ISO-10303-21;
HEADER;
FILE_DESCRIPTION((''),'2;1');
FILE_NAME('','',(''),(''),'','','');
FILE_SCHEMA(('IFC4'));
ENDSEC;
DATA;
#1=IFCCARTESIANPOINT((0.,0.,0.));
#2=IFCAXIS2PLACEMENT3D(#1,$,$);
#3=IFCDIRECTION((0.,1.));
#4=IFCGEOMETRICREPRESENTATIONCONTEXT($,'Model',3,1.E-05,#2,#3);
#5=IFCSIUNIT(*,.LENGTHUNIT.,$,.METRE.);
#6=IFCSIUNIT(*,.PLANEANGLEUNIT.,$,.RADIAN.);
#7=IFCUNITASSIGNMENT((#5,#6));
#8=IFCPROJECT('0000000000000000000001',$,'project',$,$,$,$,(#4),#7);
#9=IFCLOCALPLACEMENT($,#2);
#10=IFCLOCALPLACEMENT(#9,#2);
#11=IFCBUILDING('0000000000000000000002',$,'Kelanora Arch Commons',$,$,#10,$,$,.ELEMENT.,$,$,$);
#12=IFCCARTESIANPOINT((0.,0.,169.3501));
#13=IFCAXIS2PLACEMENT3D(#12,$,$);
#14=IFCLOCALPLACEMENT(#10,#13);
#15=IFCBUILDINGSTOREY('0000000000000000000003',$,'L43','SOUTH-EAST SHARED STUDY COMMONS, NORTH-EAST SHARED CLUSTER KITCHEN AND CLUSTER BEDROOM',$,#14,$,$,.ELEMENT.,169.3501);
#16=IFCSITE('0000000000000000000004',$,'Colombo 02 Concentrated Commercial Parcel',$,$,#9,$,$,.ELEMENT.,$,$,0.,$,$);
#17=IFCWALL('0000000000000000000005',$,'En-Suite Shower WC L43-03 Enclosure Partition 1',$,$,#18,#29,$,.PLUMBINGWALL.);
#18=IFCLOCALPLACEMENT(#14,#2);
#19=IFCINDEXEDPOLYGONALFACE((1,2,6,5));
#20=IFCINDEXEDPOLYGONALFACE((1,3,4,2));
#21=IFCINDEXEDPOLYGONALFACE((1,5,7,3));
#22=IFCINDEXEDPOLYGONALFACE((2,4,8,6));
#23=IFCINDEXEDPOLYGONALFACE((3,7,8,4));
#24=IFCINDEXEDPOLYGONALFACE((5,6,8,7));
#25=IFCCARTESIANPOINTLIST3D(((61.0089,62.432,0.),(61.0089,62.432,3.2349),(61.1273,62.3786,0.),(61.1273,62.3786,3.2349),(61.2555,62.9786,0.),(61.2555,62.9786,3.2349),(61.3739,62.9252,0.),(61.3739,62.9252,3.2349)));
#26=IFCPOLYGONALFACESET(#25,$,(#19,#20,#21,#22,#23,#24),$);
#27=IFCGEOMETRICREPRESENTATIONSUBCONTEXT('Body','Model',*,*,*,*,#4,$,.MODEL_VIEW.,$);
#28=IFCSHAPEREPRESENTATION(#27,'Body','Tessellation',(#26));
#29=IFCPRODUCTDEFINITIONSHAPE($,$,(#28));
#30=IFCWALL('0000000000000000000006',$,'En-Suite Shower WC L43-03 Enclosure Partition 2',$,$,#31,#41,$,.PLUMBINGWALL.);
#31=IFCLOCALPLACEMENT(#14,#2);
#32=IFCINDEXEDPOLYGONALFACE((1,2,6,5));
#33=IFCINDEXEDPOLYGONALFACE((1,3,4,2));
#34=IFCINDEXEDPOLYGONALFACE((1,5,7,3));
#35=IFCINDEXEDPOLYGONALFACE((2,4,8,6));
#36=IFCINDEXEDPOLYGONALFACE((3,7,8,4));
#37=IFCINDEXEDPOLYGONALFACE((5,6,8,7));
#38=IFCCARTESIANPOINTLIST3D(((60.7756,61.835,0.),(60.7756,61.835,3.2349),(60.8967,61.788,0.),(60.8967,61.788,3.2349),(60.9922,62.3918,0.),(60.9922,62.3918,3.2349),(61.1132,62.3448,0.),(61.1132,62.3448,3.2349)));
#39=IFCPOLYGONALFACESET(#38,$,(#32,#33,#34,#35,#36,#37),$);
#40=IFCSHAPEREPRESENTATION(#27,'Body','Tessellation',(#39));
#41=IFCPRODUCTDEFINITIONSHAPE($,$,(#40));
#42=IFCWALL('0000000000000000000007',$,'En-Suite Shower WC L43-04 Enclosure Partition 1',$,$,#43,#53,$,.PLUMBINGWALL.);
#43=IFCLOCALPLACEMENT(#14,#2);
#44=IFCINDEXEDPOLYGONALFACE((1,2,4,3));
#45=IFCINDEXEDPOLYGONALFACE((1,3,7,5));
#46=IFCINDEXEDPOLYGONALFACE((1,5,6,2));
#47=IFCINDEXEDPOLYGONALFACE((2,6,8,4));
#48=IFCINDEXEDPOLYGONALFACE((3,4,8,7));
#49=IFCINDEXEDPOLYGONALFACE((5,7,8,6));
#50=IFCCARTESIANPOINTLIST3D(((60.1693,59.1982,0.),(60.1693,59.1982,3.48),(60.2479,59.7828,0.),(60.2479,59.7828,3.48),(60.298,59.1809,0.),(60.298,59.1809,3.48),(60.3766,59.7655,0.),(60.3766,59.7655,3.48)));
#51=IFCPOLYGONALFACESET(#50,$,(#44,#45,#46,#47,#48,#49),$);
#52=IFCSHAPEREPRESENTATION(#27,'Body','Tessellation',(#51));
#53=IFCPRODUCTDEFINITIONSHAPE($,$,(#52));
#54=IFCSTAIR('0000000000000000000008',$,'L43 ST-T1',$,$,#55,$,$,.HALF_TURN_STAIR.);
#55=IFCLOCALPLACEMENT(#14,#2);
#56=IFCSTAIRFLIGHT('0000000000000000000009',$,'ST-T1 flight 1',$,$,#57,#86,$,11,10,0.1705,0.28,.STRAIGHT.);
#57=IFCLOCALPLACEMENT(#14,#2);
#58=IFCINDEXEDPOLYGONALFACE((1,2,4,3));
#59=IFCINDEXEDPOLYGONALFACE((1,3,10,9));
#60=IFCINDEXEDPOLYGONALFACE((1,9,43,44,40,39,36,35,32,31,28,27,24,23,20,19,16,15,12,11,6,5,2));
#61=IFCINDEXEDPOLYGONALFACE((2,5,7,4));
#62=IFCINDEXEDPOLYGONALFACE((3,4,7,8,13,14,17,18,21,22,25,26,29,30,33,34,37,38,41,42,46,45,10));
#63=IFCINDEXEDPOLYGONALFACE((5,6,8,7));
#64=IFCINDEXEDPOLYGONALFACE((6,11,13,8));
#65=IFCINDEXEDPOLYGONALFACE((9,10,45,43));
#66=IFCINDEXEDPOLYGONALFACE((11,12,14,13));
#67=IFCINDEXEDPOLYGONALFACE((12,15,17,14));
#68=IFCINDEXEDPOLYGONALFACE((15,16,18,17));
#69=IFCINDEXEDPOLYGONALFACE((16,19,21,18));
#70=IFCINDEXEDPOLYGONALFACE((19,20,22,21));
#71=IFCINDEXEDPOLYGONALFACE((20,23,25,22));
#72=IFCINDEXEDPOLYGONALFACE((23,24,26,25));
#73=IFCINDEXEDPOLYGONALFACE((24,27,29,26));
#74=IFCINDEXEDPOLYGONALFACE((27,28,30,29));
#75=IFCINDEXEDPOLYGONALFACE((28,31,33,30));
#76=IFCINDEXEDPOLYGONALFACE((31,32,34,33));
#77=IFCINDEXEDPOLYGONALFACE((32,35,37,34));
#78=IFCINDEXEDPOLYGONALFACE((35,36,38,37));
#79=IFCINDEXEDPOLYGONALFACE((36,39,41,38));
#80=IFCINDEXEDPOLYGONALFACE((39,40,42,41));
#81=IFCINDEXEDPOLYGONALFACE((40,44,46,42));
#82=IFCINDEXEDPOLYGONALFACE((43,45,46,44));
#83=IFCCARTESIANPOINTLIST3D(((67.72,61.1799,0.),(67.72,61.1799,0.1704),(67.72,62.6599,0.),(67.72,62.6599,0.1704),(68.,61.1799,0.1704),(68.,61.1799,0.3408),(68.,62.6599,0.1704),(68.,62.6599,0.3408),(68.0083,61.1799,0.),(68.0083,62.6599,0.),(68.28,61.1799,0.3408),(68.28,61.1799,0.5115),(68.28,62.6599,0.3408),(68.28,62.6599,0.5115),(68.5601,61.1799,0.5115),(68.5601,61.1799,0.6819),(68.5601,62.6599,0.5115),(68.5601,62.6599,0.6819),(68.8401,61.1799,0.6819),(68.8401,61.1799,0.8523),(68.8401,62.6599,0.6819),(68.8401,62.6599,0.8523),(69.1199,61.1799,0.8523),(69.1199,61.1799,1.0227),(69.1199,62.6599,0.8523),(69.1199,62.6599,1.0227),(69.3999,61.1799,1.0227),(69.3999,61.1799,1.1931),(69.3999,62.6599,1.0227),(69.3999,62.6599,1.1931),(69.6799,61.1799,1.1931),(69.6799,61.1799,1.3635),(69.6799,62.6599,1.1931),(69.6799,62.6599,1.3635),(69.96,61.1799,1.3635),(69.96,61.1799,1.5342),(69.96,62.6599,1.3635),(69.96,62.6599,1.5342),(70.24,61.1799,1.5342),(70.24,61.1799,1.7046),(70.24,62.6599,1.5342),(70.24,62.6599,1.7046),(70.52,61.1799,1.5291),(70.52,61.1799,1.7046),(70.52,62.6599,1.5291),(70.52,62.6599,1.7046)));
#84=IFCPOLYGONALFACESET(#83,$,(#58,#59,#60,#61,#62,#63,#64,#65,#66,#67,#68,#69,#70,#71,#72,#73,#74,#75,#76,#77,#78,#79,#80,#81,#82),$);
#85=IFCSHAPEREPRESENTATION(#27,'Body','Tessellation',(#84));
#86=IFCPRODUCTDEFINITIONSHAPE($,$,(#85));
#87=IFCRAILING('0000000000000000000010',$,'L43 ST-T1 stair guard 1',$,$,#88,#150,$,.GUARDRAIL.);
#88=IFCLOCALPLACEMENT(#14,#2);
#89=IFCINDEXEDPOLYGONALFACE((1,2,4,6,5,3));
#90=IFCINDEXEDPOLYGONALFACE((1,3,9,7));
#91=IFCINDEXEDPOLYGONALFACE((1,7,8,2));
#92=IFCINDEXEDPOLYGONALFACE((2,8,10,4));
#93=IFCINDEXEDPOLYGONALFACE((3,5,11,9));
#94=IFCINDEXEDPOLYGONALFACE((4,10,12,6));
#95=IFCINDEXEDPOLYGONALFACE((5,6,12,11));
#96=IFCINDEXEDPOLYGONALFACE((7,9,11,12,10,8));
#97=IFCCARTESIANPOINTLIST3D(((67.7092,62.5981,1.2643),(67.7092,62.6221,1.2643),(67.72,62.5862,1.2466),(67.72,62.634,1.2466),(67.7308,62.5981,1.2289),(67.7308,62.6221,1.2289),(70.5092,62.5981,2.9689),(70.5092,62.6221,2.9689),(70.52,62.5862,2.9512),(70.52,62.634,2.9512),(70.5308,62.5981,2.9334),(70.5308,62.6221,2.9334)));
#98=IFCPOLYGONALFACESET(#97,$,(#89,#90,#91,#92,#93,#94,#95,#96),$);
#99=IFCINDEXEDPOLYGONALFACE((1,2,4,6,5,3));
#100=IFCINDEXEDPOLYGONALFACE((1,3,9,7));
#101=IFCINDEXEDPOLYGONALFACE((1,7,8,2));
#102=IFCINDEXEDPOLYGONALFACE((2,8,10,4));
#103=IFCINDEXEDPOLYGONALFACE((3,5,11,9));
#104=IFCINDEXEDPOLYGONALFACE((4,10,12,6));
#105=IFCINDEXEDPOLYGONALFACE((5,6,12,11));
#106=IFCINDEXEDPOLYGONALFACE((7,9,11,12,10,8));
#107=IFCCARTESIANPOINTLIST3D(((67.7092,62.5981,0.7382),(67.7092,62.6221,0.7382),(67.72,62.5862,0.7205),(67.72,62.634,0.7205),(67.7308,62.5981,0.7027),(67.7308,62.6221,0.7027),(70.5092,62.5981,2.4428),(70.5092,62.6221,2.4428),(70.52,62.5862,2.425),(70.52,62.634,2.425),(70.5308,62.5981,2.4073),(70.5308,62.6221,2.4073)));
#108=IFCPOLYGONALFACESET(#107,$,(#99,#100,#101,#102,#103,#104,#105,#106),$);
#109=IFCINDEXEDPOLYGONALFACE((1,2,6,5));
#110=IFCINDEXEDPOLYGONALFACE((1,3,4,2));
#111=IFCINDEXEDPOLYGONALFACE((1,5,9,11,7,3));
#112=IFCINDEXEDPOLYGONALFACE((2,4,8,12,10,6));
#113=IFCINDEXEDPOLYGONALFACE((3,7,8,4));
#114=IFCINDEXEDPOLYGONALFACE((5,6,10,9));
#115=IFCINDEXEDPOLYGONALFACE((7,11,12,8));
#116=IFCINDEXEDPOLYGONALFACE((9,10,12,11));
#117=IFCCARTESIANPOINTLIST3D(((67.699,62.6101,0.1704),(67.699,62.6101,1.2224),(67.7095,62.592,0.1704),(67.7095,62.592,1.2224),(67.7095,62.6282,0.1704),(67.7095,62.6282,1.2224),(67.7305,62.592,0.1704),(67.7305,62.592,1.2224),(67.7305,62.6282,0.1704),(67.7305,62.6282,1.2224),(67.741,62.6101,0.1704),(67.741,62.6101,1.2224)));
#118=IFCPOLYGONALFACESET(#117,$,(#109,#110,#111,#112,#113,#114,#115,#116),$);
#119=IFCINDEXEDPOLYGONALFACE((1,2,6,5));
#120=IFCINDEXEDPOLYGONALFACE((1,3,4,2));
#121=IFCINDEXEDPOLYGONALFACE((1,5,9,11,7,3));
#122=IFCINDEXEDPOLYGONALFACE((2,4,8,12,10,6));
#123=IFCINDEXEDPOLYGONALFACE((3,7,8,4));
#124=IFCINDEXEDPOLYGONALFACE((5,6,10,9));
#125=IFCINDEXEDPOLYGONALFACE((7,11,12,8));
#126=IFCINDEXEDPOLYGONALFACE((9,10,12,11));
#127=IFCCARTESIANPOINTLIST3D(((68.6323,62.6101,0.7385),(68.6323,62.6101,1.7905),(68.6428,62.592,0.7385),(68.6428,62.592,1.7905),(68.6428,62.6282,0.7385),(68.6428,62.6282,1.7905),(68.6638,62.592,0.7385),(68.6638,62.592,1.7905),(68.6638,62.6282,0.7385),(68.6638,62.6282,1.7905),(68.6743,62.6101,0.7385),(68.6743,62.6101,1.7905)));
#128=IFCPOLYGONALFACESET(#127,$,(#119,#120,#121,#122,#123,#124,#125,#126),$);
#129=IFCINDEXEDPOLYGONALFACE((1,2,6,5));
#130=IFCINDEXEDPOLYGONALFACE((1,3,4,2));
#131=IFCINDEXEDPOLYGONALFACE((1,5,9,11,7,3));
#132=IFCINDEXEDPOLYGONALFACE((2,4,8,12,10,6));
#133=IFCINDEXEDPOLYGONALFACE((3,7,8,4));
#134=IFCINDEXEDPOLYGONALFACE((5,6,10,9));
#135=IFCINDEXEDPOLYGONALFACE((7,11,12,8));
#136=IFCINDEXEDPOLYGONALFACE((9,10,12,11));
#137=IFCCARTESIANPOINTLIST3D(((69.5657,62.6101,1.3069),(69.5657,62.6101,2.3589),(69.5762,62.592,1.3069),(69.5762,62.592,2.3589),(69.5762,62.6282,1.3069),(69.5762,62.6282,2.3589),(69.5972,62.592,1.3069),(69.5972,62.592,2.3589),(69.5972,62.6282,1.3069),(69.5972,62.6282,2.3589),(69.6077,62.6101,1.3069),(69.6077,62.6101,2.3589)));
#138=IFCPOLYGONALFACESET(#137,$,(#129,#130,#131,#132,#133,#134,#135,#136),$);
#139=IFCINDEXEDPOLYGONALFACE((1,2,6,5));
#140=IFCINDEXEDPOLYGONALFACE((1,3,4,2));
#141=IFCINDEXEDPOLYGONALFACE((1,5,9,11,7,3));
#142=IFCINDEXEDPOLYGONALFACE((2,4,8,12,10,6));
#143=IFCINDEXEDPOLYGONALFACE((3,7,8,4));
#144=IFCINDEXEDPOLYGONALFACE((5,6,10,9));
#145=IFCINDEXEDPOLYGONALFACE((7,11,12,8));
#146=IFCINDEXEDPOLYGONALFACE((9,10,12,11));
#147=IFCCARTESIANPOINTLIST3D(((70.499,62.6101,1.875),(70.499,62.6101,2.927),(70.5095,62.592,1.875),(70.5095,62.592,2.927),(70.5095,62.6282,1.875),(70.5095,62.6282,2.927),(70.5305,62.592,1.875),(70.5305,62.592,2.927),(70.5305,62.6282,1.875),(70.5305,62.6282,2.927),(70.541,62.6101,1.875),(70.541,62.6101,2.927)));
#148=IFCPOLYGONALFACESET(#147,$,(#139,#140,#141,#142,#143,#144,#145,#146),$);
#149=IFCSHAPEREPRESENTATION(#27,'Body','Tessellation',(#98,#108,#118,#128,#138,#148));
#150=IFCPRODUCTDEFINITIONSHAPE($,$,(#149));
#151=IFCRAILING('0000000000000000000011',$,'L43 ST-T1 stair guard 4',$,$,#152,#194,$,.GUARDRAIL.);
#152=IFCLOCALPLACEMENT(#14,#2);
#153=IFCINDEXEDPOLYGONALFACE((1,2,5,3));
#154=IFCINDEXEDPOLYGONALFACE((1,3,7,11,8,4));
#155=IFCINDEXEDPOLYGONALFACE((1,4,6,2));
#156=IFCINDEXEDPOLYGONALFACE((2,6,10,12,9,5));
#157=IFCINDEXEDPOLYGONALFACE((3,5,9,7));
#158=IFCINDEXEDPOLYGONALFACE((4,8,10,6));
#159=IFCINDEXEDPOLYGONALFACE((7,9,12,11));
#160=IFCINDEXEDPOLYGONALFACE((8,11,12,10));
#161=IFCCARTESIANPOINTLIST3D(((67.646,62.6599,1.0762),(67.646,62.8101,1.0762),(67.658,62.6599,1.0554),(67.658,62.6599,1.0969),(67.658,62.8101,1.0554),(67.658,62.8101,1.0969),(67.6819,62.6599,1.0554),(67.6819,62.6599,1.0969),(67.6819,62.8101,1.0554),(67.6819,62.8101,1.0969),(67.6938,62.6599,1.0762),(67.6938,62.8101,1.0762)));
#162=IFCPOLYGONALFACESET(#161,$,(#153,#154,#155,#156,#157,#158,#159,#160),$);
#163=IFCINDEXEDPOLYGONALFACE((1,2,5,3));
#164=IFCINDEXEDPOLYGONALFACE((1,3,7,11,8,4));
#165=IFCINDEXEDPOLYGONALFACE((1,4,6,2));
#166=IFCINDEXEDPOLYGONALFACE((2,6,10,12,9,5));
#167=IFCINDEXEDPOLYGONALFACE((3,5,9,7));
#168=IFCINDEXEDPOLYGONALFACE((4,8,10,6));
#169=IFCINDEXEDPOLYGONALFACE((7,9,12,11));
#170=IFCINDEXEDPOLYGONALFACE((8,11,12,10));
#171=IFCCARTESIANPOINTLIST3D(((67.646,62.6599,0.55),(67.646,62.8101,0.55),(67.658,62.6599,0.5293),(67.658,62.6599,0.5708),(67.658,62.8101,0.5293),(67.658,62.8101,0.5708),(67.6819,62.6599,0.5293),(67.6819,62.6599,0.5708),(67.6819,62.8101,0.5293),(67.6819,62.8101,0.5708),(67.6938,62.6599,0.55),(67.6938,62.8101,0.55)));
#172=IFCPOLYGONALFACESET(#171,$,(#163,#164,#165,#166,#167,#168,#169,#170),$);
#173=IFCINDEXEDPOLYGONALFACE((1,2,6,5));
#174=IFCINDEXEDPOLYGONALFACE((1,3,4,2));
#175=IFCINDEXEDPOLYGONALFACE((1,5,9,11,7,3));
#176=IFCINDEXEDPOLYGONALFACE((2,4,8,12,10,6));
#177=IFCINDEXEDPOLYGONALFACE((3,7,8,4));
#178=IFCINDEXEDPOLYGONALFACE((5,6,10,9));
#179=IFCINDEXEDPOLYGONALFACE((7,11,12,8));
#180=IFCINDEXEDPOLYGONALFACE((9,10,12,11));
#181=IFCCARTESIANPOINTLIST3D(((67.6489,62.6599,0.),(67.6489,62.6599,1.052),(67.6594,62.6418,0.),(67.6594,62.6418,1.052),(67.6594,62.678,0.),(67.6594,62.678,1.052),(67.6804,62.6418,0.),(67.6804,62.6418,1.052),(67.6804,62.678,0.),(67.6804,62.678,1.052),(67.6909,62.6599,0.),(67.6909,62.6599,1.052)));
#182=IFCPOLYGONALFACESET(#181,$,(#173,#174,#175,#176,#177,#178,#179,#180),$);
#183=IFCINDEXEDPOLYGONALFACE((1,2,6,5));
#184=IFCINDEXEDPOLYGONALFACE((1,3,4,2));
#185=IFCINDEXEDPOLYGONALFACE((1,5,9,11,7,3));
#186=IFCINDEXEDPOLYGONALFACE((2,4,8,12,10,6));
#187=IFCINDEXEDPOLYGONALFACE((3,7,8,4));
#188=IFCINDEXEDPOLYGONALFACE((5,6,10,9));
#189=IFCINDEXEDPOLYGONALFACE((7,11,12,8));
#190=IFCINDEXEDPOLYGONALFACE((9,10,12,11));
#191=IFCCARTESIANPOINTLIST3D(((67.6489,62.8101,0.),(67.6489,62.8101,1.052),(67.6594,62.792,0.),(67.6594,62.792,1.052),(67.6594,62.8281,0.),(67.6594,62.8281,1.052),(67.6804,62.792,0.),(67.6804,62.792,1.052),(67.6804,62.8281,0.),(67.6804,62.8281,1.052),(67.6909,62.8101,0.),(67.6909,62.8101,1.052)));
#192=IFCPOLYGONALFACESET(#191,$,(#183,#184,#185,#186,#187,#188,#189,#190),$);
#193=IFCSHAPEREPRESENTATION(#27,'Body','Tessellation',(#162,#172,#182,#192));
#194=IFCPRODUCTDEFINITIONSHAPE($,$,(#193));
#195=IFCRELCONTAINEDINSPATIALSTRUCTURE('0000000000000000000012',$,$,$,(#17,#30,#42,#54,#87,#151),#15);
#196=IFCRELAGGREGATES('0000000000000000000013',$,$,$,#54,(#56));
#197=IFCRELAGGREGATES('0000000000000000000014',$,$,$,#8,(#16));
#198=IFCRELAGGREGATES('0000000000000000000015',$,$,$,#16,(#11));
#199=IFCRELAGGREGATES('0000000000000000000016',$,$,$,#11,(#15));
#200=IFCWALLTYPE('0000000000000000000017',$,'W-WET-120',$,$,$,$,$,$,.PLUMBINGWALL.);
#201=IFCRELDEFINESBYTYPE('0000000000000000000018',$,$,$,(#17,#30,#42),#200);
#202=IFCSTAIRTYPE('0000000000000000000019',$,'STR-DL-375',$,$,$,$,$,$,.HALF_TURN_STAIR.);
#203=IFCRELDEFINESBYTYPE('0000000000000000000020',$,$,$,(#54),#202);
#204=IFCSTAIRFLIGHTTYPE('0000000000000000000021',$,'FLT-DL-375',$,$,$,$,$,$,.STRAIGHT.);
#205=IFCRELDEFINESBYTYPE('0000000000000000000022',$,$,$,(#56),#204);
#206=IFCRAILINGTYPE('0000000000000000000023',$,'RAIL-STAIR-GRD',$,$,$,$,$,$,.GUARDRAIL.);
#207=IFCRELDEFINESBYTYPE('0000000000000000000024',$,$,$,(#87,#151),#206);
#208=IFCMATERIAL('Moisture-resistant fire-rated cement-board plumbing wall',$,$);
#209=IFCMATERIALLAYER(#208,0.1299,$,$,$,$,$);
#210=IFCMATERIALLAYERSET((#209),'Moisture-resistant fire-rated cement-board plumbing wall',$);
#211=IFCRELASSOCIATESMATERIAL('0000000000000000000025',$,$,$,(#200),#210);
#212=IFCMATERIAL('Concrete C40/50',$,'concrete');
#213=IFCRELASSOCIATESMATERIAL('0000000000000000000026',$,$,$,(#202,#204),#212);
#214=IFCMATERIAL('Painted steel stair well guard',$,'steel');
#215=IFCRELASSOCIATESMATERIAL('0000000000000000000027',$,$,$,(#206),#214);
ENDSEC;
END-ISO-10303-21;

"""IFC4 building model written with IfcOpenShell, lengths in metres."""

from ifc_helpers import new_model, si_unit, direction, frame, frame_2d, origin, place, context, subcontext, project, spatial, polyline, rectangle, outline, extrude, material, layer, layer_set, type_object, element, aggregate, save


model = new_model("IFC4")

# Units and contexts
model_context = context("Model", 3, precision=1e-05, world=origin(), true_north=direction((0.0, 1.0)))
body_context = subcontext(model_context, "Body", "Model", "MODEL_VIEW")
ifc_project = project(units=[si_unit("LENGTHUNIT", "METRE"), si_unit("PLANEANGLEUNIT", "RADIAN")], contexts=[model_context])

# Site, building, storey
site_placement = place(None, origin())
site = spatial("IfcSite", under=ifc_project, at=site_placement, Name="Colombo 02 Concentrated Commercial Parcel", CompositionType="ELEMENT", RefElevation=0.0)
building_placement = place(site_placement, origin())
building = spatial("IfcBuilding", under=site, at=building_placement, Name="Kelanora Arch Commons", CompositionType="ELEMENT")
storey_placement = place(building_placement, frame((0.0, 0.0, 169.3501)))
storey = spatial("IfcBuildingStorey", under=building, at=storey_placement, Name="L43", Description="SOUTH-EAST SHARED STUDY COMMONS, NORTH-EAST SHARED CLUSTER KITCHEN AND CLUSTER BEDROOM", CompositionType="ELEMENT", Elevation=169.3501)

# Shared definitions
ifc_material_1 = material(Name="Concrete C40/50", Category="concrete")

# Shared definitions
ifc_material_2 = material(Name="Moisture-resistant fire-rated cement-board plumbing wall")
ifc_layer_1 = layer(ifc_material_2, 0.1299)
ifc_layer_set_1 = layer_set([ifc_layer_1], Name="Moisture-resistant fire-rated cement-board plumbing wall")
wall_type_1 = type_object("IfcWallType", Name="W-WET-120", PredefinedType="PLUMBINGWALL", material=ifc_layer_set_1)

# Walls
wall_1_placement = place(storey_placement, frame((61.3147, 62.9519, 0.0), z_axis=(0.0, 0.0, 1.0), x_axis=(-0.411194, -0.911548, 0.0)))
element("IfcWall", 1, at=wall_1_placement, inside=storey, type_object=wall_type_1, Name="En-Suite Shower WC L43-03 Enclosure Partition 1", PredefinedType="PLUMBINGWALL", context=body_context, shape_type="SweptSolid", body=[
    extrude(rectangle(XDim=0.5996, YDim=0.1299, at=frame_2d((0.2998, 0.0))), origin(), (0.0, 0.0, 1.0), 3.2349),
])
wall_2_placement = place(storey_placement, frame((61.0527, 62.3684, 0.0), z_axis=(0.0, 0.0, 1.0), x_axis=(-0.362427, -0.932012, 0.0)))
element("IfcWall", 2, at=wall_2_placement, inside=storey, type_object=wall_type_1, Name="En-Suite Shower WC L43-03 Enclosure Partition 2", PredefinedType="PLUMBINGWALL", context=body_context, shape_type="SweptSolid", body=[
    extrude(rectangle(XDim=0.5974, YDim=0.1299, at=frame_2d((0.2988, 0.0))), origin(), (0.0, 0.0, 1.0), 3.2349),
])
wall_3_placement = place(storey_placement, frame((60.3123, 59.7742, 0.0), z_axis=(0.0, 0.0, 1.0), x_axis=(-0.133303, -0.991075, 0.0)))
element("IfcWall", 3, at=wall_3_placement, inside=storey, type_object=wall_type_1, Name="En-Suite Shower WC L43-04 Enclosure Partition 1", PredefinedType="PLUMBINGWALL", context=body_context, shape_type="SweptSolid", body=[
    extrude(rectangle(XDim=0.5898, YDim=0.1299, at=frame_2d((0.2949, 0.0))), origin(), (0.0, 0.0, 1.0), 3.48),
])

# Stair, stair flight
stair_type = type_object("IfcStairType", Name="STR-DL-375", PredefinedType="HALF_TURN_STAIR", material=ifc_material_1)
stair_placement = place(storey_placement, origin())
stair = element("IfcStair", 4, at=stair_placement, inside=storey, type_object=stair_type, Name="L43 ST-T1", PredefinedType="HALF_TURN_STAIR")
stair_flight_type = type_object("IfcStairFlightType", Name="FLT-DL-375", PredefinedType="STRAIGHT", material=ifc_material_1)
stair_flight_placement = place(storey_placement, frame((67.72, 61.9199, 0.0), z_axis=(0.0, 0.0, 1.0), x_axis=(1.0, 0.0, 0.0)))
stair_flight = element("IfcStairFlight", 5, at=stair_flight_placement, type_object=stair_flight_type, Name="ST-T1 flight 1", NumberOfRisers=11, NumberOfTreads=10, PredefinedType="STRAIGHT", RiserHeight=0.1705, TreadLength=0.28, context=body_context, shape_type="SweptSolid", body=[
    extrude(outline(polyline([(0.0, 0.0), (0.0, 0.1704), (0.28, 0.1704), (0.28, 0.3408), (0.5601, 0.3408), (0.5601, 0.5115), (0.8401, 0.5115), (0.8401, 0.6819), (1.1201, 0.6819), (1.1201, 0.8523), (1.3999, 0.8523), (1.3999, 1.0227), (1.6799, 1.0227), (1.6799, 1.1931), (1.96, 1.1931), (1.96, 1.3635), (2.24, 1.3635), (2.24, 1.5342), (2.52, 1.5342), (2.52, 1.7046), (2.8, 1.7046), (2.8, 1.875), (2.8, 1.5291), (0.2883, 0.0), (0.0, 0.0)])), frame((0.0, 0.74, 0.0), z_axis=(0.0, -1.0, 0.0), x_axis=(1.0, 0.0, 0.0)), (0.0, 0.0, 1.0), 1.48),
])
aggregate(stair, [stair_flight])

# Railings
ifc_material_3 = material(Name="Painted steel stair well guard", Category="steel")
railing_type_1 = type_object("IfcRailingType", Name="RAIL-STAIR-GRD", PredefinedType="GUARDRAIL", material=ifc_material_3)
railing_1_placement = place(storey_placement, frame((67.72, 62.6101, 0.1704)))
element("IfcRailing", 6, at=railing_1_placement, inside=storey, type_object=railing_type_1, Name="L43 ST-T1 stair guard 1", PredefinedType="GUARDRAIL", context=body_context, shape_type="SweptSolid", body=[
    extrude(outline(polyline([(0.0239, 0.0), (0.012, 0.0208), (-0.012, 0.0208), (-0.0239, 0.0), (-0.012, -0.0208), (0.012, -0.0208), (0.0239, 0.0)])), frame((0.0, 0.0, 1.0762), z_axis=(0.85417, 0.0, 0.519994), x_axis=(0.0, 1.0, 0.0)), (0.0, 0.0, 1.0), 3.2781),
    extrude(outline(polyline([(0.0239, 0.0), (0.012, 0.0208), (-0.012, 0.0208), (-0.0239, 0.0), (-0.012, -0.0208), (0.012, -0.0208), (0.0239, 0.0)])), frame((0.0, 0.0, 0.55), z_axis=(0.85417, 0.0, 0.519994), x_axis=(0.0, 1.0, 0.0)), (0.0, 0.0, 1.0), 3.2781),
    extrude(outline(polyline([(0.021, 0.0), (0.0105, 0.0181), (-0.0105, 0.0181), (-0.021, 0.0), (-0.0105, -0.0181), (0.0105, -0.0181), (0.021, 0.0)])), origin(), (0.0, 0.0, 1.0), 1.052),
    extrude(outline(polyline([(0.021, 0.0), (0.0105, 0.0181), (-0.0105, 0.0181), (-0.021, 0.0), (-0.0105, -0.0181), (0.0105, -0.0181), (0.021, 0.0)])), frame((0.9333, 0.0, 0.5681)), (0.0, 0.0, 1.0), 1.052),
    extrude(outline(polyline([(0.021, 0.0), (0.0105, 0.0181), (-0.0105, 0.0181), (-0.021, 0.0), (-0.0105, -0.0181), (0.0105, -0.0181), (0.021, 0.0)])), frame((1.8667, 0.0, 1.1365)), (0.0, 0.0, 1.0), 1.052),
    extrude(outline(polyline([(0.021, 0.0), (0.0105, 0.0181), (-0.0105, 0.0181), (-0.021, 0.0), (-0.0105, -0.0181), (0.0105, -0.0181), (0.021, 0.0)])), frame((2.8, 0.0, 1.7046)), (0.0, 0.0, 1.0), 1.052),
])
railing_2_placement = place(storey_placement, frame((67.6699, 62.6599, 0.0)))
element("IfcRailing", 7, at=railing_2_placement, inside=storey, type_object=railing_type_1, Name="L43 ST-T1 stair guard 4", PredefinedType="GUARDRAIL", context=body_context, shape_type="SweptSolid", body=[
    extrude(outline(polyline([(0.0239, 0.0), (0.012, 0.0208), (-0.012, 0.0208), (-0.0239, 0.0), (-0.012, -0.0208), (0.012, -0.0208), (0.0239, 0.0)])), frame((0.0, 0.0, 1.0762), z_axis=(0.0, 1.0, 0.0), x_axis=(-1.0, 0.0, 0.0)), (0.0, 0.0, 1.0), 0.1501),
    extrude(outline(polyline([(0.0239, 0.0), (0.012, 0.0208), (-0.012, 0.0208), (-0.0239, 0.0), (-0.012, -0.0208), (0.012, -0.0208), (0.0239, 0.0)])), frame((0.0, 0.0, 0.55), z_axis=(0.0, 1.0, 0.0), x_axis=(-1.0, 0.0, 0.0)), (0.0, 0.0, 1.0), 0.1501),
    extrude(outline(polyline([(0.021, 0.0), (0.0105, 0.0181), (-0.0105, 0.0181), (-0.021, 0.0), (-0.0105, -0.0181), (0.0105, -0.0181), (0.021, 0.0)])), origin(), (0.0, 0.0, 1.0), 1.052),
    extrude(outline(polyline([(0.021, 0.0), (0.0105, 0.0181), (-0.0105, 0.0181), (-0.021, 0.0), (-0.0105, -0.0181), (0.0105, -0.0181), (0.021, 0.0)])), frame((0.0, 0.1501, 0.0)), (0.0, 0.0, 1.0), 1.052),
])

save(model, "model.ifc")
